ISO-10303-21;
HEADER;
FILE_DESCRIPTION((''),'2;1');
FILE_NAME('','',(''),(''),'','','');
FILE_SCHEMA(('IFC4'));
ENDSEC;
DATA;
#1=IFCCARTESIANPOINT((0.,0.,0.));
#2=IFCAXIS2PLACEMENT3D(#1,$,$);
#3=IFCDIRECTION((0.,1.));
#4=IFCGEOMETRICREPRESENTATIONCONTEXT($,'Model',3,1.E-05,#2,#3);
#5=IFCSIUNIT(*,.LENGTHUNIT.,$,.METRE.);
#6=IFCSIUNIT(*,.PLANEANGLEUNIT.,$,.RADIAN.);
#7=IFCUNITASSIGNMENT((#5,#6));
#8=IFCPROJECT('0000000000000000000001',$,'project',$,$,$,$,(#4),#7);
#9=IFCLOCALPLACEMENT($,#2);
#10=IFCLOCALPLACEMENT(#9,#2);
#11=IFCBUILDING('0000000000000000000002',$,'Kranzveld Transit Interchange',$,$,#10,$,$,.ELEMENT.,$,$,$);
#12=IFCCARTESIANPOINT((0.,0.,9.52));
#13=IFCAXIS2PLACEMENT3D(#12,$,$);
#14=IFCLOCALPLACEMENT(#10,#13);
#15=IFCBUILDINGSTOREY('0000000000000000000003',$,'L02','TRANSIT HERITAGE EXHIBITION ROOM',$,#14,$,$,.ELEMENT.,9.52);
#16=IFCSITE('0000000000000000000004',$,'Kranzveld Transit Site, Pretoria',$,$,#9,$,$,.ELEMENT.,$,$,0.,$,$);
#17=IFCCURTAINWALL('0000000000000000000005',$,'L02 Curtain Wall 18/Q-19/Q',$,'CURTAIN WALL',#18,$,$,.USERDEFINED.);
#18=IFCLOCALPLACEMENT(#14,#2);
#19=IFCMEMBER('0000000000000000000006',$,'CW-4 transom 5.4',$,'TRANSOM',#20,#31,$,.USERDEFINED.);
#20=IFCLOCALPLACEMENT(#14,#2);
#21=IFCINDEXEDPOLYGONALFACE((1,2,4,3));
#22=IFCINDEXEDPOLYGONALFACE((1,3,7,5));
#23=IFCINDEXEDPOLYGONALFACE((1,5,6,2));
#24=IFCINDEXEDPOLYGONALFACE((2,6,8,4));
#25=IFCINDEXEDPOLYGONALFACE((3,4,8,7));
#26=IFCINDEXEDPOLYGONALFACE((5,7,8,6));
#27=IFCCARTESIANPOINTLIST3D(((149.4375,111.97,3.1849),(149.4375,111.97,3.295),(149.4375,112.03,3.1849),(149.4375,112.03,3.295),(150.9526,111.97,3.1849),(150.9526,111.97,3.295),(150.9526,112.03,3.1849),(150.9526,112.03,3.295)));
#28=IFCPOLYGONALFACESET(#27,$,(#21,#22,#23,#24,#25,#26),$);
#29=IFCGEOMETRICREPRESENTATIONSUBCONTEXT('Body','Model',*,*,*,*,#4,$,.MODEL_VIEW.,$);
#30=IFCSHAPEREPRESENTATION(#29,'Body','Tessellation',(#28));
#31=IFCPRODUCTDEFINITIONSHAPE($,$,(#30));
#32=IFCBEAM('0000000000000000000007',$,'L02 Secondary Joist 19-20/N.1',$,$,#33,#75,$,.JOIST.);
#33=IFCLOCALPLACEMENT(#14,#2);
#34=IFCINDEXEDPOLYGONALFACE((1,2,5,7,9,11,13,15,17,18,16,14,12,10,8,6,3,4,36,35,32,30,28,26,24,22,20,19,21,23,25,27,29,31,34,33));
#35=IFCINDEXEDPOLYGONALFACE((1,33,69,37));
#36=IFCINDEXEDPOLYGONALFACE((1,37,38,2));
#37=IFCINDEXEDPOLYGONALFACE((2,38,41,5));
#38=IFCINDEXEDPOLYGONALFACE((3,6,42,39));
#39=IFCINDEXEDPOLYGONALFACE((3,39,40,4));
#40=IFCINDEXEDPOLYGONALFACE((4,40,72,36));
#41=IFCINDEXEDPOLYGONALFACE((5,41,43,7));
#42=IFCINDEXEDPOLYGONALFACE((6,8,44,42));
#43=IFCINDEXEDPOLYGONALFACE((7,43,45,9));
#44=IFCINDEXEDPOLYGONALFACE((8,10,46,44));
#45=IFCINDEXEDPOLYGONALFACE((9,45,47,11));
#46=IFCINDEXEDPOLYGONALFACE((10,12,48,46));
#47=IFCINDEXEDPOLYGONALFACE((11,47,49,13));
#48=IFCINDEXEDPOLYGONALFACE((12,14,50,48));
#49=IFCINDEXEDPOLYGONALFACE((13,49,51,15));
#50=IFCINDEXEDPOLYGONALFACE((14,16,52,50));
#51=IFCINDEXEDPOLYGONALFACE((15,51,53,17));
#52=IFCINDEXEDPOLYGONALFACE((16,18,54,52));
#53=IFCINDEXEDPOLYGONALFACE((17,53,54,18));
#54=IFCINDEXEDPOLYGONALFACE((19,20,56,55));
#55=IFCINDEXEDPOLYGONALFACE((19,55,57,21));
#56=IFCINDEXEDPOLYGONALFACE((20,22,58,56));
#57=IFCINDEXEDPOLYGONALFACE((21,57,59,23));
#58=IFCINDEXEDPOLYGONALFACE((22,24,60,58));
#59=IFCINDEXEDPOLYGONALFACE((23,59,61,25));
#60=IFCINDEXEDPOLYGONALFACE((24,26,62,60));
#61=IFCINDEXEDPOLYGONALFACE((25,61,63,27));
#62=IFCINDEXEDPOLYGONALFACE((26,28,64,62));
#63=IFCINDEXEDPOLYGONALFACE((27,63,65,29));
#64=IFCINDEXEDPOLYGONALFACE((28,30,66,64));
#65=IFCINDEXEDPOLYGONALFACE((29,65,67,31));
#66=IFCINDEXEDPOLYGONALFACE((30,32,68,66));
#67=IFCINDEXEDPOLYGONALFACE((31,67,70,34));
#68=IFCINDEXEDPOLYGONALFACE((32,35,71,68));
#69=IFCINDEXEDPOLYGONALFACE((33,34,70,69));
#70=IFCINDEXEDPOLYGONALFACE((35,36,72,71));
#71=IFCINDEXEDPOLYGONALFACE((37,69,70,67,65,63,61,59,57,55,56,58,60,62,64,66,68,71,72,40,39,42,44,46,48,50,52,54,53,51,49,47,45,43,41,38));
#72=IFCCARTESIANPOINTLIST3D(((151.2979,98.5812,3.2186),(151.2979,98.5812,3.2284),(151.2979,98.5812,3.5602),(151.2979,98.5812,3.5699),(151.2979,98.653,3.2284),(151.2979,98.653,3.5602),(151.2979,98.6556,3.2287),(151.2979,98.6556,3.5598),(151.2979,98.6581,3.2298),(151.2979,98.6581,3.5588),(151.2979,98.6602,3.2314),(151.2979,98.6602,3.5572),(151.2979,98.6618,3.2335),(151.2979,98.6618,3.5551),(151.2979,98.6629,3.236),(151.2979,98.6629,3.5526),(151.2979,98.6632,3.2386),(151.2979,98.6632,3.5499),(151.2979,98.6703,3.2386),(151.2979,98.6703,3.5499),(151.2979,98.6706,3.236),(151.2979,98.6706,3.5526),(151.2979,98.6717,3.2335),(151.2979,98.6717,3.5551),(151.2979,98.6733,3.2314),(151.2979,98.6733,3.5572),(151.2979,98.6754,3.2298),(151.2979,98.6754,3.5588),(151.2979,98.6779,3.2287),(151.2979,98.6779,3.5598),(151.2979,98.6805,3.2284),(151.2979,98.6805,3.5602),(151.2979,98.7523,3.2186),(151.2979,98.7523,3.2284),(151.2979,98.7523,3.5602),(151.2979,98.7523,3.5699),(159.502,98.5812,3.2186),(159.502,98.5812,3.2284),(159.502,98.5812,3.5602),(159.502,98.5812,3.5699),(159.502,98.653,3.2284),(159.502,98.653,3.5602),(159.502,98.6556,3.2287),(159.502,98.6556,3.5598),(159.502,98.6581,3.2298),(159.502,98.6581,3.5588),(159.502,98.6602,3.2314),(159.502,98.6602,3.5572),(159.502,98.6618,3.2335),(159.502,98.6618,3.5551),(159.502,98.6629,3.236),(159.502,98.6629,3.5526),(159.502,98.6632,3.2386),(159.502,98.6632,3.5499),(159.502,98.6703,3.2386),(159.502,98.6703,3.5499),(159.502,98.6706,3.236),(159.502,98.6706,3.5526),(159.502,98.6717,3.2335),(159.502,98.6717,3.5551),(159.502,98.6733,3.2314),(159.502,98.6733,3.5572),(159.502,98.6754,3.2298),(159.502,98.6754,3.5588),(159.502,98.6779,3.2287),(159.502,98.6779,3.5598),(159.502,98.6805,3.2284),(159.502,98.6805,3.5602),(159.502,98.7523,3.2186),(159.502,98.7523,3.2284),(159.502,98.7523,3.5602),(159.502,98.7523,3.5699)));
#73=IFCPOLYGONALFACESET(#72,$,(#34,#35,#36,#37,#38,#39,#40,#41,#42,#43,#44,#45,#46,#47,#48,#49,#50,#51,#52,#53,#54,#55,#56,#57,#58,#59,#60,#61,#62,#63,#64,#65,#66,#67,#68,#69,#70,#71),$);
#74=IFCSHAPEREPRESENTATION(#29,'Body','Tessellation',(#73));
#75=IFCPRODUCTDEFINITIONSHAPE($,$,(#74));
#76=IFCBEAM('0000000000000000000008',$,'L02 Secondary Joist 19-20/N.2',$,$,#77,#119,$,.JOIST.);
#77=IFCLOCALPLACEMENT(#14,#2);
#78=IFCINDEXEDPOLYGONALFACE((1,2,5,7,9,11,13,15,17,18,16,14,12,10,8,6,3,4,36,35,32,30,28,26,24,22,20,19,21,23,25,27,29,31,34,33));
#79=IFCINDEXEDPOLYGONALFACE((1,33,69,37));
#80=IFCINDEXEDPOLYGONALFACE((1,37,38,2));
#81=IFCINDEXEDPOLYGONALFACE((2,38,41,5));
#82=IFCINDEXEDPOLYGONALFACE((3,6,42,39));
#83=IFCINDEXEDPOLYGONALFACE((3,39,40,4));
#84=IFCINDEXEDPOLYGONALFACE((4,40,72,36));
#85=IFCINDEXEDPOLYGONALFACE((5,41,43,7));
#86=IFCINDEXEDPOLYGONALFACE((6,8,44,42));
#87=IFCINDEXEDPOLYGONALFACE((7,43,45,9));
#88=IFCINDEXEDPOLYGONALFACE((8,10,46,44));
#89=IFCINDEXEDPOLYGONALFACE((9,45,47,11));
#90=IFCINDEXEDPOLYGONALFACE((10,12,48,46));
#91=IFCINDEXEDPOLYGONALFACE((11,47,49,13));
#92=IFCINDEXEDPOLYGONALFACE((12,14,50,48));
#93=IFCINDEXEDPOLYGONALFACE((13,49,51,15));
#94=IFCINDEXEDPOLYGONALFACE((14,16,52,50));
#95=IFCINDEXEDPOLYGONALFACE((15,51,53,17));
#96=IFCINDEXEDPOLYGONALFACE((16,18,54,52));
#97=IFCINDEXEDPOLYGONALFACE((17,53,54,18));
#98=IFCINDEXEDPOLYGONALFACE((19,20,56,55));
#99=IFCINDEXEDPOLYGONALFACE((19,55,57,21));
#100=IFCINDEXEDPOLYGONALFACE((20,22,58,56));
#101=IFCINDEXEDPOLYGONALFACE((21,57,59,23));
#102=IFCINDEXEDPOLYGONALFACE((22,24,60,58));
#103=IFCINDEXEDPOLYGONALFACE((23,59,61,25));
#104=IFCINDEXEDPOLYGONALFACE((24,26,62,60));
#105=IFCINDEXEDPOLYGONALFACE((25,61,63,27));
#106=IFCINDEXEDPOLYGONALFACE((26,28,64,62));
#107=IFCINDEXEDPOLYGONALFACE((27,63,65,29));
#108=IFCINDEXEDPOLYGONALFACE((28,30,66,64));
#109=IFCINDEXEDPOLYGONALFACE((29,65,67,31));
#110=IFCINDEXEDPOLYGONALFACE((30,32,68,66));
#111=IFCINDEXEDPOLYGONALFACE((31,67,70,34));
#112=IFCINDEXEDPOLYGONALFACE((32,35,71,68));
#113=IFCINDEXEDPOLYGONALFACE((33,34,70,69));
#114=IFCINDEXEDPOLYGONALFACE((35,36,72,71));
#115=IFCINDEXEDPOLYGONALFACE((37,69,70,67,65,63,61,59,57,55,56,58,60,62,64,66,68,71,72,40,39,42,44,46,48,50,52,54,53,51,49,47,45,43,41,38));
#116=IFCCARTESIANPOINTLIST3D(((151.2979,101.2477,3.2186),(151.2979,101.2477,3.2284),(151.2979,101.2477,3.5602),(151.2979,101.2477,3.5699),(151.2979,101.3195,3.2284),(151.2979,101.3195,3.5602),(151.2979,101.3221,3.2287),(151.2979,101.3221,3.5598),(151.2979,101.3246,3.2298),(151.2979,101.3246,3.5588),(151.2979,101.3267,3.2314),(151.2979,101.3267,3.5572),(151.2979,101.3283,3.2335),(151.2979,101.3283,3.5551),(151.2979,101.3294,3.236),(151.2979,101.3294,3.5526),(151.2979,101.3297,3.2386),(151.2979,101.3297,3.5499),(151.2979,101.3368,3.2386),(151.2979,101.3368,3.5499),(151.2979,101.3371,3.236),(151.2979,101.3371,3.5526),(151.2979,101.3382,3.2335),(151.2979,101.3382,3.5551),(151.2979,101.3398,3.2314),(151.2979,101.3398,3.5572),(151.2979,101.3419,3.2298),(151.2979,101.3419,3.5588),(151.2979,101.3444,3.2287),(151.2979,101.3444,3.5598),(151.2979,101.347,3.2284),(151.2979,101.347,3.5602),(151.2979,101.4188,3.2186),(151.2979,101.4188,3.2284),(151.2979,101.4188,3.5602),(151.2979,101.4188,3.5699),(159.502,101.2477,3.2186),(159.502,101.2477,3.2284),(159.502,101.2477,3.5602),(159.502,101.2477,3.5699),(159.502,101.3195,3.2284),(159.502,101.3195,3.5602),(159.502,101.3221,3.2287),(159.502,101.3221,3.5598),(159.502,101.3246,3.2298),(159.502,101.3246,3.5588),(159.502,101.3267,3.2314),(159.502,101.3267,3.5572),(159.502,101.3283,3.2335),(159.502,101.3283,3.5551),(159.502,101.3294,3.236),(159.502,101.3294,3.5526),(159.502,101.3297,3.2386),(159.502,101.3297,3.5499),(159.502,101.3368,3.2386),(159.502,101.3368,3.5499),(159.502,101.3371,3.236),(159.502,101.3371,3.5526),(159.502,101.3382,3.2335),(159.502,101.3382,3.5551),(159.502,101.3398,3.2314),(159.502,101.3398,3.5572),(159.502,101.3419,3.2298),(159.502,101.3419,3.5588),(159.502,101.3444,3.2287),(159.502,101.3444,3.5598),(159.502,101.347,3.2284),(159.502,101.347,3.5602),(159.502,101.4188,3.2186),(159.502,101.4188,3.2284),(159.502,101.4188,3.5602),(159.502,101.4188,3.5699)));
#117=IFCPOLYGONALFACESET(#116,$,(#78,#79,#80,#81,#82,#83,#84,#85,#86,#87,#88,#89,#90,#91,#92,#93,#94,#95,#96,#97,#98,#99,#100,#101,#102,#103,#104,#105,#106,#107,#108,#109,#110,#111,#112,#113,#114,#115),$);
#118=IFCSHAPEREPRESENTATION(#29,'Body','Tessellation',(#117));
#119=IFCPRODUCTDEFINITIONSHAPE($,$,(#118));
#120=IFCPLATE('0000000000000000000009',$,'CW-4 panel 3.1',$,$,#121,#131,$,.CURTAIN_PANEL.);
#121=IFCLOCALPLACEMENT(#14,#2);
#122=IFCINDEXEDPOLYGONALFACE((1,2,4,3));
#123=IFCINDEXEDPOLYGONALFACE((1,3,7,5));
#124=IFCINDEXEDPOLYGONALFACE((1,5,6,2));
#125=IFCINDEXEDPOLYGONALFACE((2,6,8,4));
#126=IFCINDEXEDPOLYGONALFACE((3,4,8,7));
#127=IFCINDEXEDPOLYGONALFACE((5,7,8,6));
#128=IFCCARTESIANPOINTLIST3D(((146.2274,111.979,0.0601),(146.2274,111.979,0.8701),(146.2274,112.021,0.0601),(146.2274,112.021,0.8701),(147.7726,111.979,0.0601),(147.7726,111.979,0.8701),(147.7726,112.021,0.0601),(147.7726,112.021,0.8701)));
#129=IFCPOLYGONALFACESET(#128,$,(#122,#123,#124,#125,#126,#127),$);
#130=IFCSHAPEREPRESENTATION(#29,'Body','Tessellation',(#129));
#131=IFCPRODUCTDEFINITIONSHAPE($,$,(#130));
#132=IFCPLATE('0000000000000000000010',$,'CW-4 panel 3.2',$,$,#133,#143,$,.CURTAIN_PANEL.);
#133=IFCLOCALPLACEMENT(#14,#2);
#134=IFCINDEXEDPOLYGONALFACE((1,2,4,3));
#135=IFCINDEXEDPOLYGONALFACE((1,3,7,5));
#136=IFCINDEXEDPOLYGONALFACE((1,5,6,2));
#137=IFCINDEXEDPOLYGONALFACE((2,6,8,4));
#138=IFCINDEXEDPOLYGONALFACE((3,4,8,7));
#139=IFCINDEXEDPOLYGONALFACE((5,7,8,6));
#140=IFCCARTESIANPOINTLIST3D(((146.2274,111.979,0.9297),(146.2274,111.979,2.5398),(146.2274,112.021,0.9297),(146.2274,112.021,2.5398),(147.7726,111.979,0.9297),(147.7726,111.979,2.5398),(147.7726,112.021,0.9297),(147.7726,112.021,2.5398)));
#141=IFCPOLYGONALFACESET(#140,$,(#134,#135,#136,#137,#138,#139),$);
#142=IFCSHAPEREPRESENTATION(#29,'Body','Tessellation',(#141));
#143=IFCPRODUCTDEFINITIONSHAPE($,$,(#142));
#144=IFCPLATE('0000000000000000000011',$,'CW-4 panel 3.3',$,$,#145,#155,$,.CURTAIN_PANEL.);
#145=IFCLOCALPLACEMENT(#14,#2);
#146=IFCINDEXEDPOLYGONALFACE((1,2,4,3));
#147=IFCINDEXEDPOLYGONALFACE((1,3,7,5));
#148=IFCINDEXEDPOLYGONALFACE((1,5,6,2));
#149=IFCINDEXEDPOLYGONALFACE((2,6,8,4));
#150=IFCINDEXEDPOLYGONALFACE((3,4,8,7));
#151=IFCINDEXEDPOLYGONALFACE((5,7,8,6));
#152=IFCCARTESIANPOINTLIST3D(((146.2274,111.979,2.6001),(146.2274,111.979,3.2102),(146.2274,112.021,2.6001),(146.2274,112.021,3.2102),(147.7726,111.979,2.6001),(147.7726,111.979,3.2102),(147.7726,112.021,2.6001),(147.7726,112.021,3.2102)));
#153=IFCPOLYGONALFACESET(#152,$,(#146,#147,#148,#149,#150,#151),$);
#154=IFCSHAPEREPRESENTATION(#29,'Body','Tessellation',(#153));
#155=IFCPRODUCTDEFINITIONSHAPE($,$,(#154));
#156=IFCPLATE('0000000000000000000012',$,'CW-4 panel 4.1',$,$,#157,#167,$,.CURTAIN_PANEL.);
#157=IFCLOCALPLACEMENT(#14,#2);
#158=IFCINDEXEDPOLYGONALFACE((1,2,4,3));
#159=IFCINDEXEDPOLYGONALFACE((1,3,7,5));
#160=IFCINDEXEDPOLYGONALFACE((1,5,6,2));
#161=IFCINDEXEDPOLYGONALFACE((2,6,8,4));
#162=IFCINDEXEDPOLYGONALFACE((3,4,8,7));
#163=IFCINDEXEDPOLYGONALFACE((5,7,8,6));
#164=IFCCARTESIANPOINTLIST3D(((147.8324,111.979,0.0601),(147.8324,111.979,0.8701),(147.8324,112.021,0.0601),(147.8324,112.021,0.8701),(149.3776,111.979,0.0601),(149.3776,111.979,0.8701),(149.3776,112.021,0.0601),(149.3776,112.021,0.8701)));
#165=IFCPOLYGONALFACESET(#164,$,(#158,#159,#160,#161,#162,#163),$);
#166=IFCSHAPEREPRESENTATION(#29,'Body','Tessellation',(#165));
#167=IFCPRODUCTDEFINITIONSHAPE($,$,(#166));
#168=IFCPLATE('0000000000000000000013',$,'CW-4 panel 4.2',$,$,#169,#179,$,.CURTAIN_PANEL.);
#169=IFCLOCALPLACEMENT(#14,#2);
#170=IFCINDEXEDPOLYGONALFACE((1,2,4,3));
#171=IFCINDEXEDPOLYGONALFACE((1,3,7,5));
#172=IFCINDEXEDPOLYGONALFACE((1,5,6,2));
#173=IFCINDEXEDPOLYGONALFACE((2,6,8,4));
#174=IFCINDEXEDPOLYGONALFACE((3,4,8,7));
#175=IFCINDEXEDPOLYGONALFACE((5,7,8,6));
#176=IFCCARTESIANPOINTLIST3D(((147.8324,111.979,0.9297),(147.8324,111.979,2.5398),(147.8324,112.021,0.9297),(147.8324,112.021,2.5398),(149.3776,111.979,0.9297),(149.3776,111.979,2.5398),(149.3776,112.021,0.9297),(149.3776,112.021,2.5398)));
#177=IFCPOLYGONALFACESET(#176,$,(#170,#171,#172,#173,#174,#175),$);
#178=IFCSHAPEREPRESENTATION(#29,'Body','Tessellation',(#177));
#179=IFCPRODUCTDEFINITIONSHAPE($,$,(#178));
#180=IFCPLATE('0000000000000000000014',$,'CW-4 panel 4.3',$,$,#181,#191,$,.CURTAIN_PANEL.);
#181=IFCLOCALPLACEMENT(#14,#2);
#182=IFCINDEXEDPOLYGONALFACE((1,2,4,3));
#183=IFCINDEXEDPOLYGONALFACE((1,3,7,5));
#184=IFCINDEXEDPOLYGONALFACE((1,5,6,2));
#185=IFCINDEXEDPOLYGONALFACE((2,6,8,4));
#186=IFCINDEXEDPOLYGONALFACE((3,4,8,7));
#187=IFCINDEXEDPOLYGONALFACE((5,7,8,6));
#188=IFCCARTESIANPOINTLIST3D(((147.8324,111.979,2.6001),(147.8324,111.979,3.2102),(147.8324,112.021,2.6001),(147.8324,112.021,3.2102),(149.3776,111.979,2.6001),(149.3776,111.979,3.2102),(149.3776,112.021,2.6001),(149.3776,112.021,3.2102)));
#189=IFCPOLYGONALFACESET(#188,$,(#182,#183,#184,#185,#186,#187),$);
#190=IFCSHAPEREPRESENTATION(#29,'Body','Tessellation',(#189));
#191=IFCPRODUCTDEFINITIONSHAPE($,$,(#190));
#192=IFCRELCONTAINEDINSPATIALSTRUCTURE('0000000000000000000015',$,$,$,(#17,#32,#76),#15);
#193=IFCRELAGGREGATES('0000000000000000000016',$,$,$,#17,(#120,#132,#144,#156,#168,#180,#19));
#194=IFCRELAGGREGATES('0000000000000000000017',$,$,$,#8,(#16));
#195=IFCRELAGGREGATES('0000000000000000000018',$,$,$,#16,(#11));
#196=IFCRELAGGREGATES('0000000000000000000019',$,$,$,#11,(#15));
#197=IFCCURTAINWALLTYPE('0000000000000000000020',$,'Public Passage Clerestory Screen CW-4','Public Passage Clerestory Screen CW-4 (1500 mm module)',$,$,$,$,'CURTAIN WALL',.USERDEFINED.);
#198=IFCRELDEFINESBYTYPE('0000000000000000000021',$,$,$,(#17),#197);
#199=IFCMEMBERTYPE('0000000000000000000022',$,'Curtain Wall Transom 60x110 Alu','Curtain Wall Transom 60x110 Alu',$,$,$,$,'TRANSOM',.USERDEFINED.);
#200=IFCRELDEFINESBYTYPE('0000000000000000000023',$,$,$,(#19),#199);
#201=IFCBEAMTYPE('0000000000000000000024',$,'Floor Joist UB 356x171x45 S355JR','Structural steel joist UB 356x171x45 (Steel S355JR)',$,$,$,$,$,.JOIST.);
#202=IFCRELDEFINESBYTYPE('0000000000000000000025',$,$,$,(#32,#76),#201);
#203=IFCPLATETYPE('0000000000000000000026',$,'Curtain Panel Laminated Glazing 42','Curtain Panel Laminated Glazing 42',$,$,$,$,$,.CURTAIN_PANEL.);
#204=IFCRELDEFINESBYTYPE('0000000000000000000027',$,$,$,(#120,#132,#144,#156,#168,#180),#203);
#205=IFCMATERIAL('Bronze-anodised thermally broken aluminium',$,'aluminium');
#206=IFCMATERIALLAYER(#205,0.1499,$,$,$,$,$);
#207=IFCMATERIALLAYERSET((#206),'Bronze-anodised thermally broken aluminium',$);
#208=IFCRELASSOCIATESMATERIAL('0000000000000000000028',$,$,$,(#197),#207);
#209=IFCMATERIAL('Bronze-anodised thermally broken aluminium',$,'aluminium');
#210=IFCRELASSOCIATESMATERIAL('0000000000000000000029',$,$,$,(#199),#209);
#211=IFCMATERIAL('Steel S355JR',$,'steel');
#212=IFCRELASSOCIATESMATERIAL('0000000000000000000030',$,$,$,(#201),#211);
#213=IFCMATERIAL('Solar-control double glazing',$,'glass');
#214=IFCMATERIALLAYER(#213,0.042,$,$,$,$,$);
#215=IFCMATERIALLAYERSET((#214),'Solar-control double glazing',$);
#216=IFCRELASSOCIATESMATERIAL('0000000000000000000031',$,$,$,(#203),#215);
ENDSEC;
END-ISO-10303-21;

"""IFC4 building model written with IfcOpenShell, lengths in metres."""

from ifc_helpers import new_model, si_unit, direction, frame, origin, origin_2d, place, context, subcontext, project, spatial, rectangle, i_section, extrude, material, layer, layer_set, material_profile, profile_set, type_object, element, aggregate, save


model = new_model("IFC4")

# Units and contexts
model_context = context("Model", 3, precision=1e-05, world=origin(), true_north=direction((0.0, 1.0)))
body_context = subcontext(model_context, "Body", "Model", "MODEL_VIEW")
ifc_project = project(units=[si_unit("LENGTHUNIT", "METRE"), si_unit("PLANEANGLEUNIT", "RADIAN")], contexts=[model_context])

# Site, building, storey
site_placement = place(None, origin())
site = spatial("IfcSite", under=ifc_project, at=site_placement, Name="Kranzveld Transit Site, Pretoria", CompositionType="ELEMENT", RefElevation=0.0)
building_placement = place(site_placement, origin())
building = spatial("IfcBuilding", under=site, at=building_placement, Name="Kranzveld Transit Interchange", CompositionType="ELEMENT")
storey_placement = place(building_placement, frame((0.0, 0.0, 9.52)))
storey = spatial("IfcBuildingStorey", under=building, at=storey_placement, Name="L02", Description="TRANSIT HERITAGE EXHIBITION ROOM", CompositionType="ELEMENT", Elevation=9.52)

# Curtain wall, member
ifc_material_1 = material(Name="Bronze-anodised thermally broken aluminium", Category="aluminium")
ifc_layer_1 = layer(ifc_material_1, 0.1499)
ifc_layer_set_1 = layer_set([ifc_layer_1], Name="Bronze-anodised thermally broken aluminium")
curtain_wall_type = type_object("IfcCurtainWallType", Name="Public Passage Clerestory Screen CW-4", Description="Public Passage Clerestory Screen CW-4 (1500 mm module)", ElementType="CURTAIN WALL", PredefinedType="USERDEFINED", material=ifc_layer_set_1)
curtain_wall_placement = place(storey_placement, origin())
curtain_wall = element("IfcCurtainWall", 1, at=curtain_wall_placement, inside=storey, type_object=curtain_wall_type, Name="L02 Curtain Wall 18/Q-19/Q", ObjectType="CURTAIN WALL", PredefinedType="USERDEFINED")
ifc_material_2 = material(Name="Bronze-anodised thermally broken aluminium", Category="aluminium")
ifc_material_profile_1 = material_profile(ifc_material_2, rectangle(XDim=0.0601, YDim=0.1101, at=origin_2d()), Name="ALU TRANSOM 60x110")
ifc_profile_set_1 = profile_set([ifc_material_profile_1], Name="Bronze-anodised thermally broken aluminium")
member_type_1 = type_object("IfcMemberType", Name="Curtain Wall Transom 60x110 Alu", Description="Curtain Wall Transom 60x110 Alu", ElementType="TRANSOM", PredefinedType="USERDEFINED", material=ifc_profile_set_1)
member_1_placement = place(storey_placement, frame((149.4375, 112.0, 3.24), z_axis=(1.0, 0.0, 0.0), x_axis=(0.0, 1.0, 0.0)))
member_1 = element("IfcMember", 2, at=member_1_placement, type_object=member_type_1, Name="CW-4 transom 5.4", ObjectType="TRANSOM", PredefinedType="USERDEFINED", context=body_context, shape_type="SweptSolid", body=[
    extrude(rectangle(XDim=0.0601, YDim=0.1101, at=origin_2d()), origin(), (0.0, 0.0, 1.0), 1.5151),
])

# Beams
ifc_material_3 = material(Name="Steel S355JR", Category="steel")
ifc_material_profile_2 = material_profile(ifc_material_3, i_section(OverallWidth=0.1711, OverallDepth=0.3513, WebThickness=0.0071, FlangeThickness=0.0098, FilletRadius=0.0103, at=origin_2d()), Name="UB 356x171x45")
ifc_profile_set_2 = profile_set([ifc_material_profile_2], Name="Steel S355JR")
beam_type_1 = type_object("IfcBeamType", Name="Floor Joist UB 356x171x45 S355JR", Description="Structural steel joist UB 356x171x45 (Steel S355JR)", PredefinedType="JOIST", material=ifc_profile_set_2)
for number, where, z_axis, x_axis, name in (
    (3, (151.2979, 98.6667, 3.3943), (1.0, 0.0, 0.0), (0.0, 1.0, 0.0), "L02 Secondary Joist 19-20/N.1"),
    (4, (151.2979, 101.3333, 3.3943), (1.0, 0.0, 0.0), (0.0, 1.0, 0.0), "L02 Secondary Joist 19-20/N.2"),
):
    element("IfcBeam", number, at=place(storey_placement, frame(where, z_axis=z_axis, x_axis=x_axis)), inside=storey, type_object=beam_type_1, Name=name, PredefinedType="JOIST", context=body_context, shape_type="SweptSolid", body=[
        extrude(i_section(OverallWidth=0.1711, OverallDepth=0.3513, WebThickness=0.0071, FlangeThickness=0.0098, FilletRadius=0.0103, at=origin_2d()), origin(), (0.0, 0.0, 1.0), 8.2041),
    ])

# Plates
ifc_material_4 = material(Name="Solar-control double glazing", Category="glass")
ifc_layer_2 = layer(ifc_material_4, 0.042)
ifc_layer_set_2 = layer_set([ifc_layer_2], Name="Solar-control double glazing")
plate_type = type_object("IfcPlateType", Name="Curtain Panel Laminated Glazing 42", Description="Curtain Panel Laminated Glazing 42", PredefinedType="CURTAIN_PANEL", material=ifc_layer_set_2)
plate_1_placement = place(storey_placement, frame((147.0, 112.0, 0.0601), z_axis=(0.0, 0.0, 1.0), x_axis=(1.0, 0.0, 0.0)))
plate_1 = element("IfcPlate", 5, at=plate_1_placement, type_object=plate_type, Name="CW-4 panel 3.1", PredefinedType="CURTAIN_PANEL", context=body_context, shape_type="SweptSolid", body=[
    extrude(rectangle(XDim=1.5452, YDim=0.042, at=origin_2d()), origin(), (0.0, 0.0, 1.0), 0.8101),
])
plate_2_placement = place(storey_placement, frame((147.0, 112.0, 0.9297), z_axis=(0.0, 0.0, 1.0), x_axis=(1.0, 0.0, 0.0)))
plate_2 = element("IfcPlate", 6, at=plate_2_placement, type_object=plate_type, Name="CW-4 panel 3.2", PredefinedType="CURTAIN_PANEL", context=body_context, shape_type="SweptSolid", body=[
    extrude(rectangle(XDim=1.5452, YDim=0.042, at=origin_2d()), origin(), (0.0, 0.0, 1.0), 1.6101),
])
plate_3_placement = place(storey_placement, frame((147.0, 112.0, 2.6001), z_axis=(0.0, 0.0, 1.0), x_axis=(1.0, 0.0, 0.0)))
plate_3 = element("IfcPlate", 7, at=plate_3_placement, type_object=plate_type, Name="CW-4 panel 3.3", PredefinedType="CURTAIN_PANEL", context=body_context, shape_type="SweptSolid", body=[
    extrude(rectangle(XDim=1.5452, YDim=0.042, at=origin_2d()), origin(), (0.0, 0.0, 1.0), 0.6101),
])
plate_4_placement = place(storey_placement, frame((148.605, 112.0, 0.0601), z_axis=(0.0, 0.0, 1.0), x_axis=(1.0, 0.0, 0.0)))
plate_4 = element("IfcPlate", 8, at=plate_4_placement, type_object=plate_type, Name="CW-4 panel 4.1", PredefinedType="CURTAIN_PANEL", context=body_context, shape_type="SweptSolid", body=[
    extrude(rectangle(XDim=1.5452, YDim=0.042, at=origin_2d()), origin(), (0.0, 0.0, 1.0), 0.8101),
])
plate_5_placement = place(storey_placement, frame((148.605, 112.0, 0.9297), z_axis=(0.0, 0.0, 1.0), x_axis=(1.0, 0.0, 0.0)))
plate_5 = element("IfcPlate", 9, at=plate_5_placement, type_object=plate_type, Name="CW-4 panel 4.2", PredefinedType="CURTAIN_PANEL", context=body_context, shape_type="SweptSolid", body=[
    extrude(rectangle(XDim=1.5452, YDim=0.042, at=origin_2d()), origin(), (0.0, 0.0, 1.0), 1.6101),
])
plate_6_placement = place(storey_placement, frame((148.605, 112.0, 2.6001), z_axis=(0.0, 0.0, 1.0), x_axis=(1.0, 0.0, 0.0)))
plate_6 = element("IfcPlate", 10, at=plate_6_placement, type_object=plate_type, Name="CW-4 panel 4.3", PredefinedType="CURTAIN_PANEL", context=body_context, shape_type="SweptSolid", body=[
    extrude(rectangle(XDim=1.5452, YDim=0.042, at=origin_2d()), origin(), (0.0, 0.0, 1.0), 0.6101),
])
aggregate(curtain_wall, [plate_1, plate_2, plate_3, plate_4, plate_5, plate_6, member_1])

save(model, "model.ifc")
